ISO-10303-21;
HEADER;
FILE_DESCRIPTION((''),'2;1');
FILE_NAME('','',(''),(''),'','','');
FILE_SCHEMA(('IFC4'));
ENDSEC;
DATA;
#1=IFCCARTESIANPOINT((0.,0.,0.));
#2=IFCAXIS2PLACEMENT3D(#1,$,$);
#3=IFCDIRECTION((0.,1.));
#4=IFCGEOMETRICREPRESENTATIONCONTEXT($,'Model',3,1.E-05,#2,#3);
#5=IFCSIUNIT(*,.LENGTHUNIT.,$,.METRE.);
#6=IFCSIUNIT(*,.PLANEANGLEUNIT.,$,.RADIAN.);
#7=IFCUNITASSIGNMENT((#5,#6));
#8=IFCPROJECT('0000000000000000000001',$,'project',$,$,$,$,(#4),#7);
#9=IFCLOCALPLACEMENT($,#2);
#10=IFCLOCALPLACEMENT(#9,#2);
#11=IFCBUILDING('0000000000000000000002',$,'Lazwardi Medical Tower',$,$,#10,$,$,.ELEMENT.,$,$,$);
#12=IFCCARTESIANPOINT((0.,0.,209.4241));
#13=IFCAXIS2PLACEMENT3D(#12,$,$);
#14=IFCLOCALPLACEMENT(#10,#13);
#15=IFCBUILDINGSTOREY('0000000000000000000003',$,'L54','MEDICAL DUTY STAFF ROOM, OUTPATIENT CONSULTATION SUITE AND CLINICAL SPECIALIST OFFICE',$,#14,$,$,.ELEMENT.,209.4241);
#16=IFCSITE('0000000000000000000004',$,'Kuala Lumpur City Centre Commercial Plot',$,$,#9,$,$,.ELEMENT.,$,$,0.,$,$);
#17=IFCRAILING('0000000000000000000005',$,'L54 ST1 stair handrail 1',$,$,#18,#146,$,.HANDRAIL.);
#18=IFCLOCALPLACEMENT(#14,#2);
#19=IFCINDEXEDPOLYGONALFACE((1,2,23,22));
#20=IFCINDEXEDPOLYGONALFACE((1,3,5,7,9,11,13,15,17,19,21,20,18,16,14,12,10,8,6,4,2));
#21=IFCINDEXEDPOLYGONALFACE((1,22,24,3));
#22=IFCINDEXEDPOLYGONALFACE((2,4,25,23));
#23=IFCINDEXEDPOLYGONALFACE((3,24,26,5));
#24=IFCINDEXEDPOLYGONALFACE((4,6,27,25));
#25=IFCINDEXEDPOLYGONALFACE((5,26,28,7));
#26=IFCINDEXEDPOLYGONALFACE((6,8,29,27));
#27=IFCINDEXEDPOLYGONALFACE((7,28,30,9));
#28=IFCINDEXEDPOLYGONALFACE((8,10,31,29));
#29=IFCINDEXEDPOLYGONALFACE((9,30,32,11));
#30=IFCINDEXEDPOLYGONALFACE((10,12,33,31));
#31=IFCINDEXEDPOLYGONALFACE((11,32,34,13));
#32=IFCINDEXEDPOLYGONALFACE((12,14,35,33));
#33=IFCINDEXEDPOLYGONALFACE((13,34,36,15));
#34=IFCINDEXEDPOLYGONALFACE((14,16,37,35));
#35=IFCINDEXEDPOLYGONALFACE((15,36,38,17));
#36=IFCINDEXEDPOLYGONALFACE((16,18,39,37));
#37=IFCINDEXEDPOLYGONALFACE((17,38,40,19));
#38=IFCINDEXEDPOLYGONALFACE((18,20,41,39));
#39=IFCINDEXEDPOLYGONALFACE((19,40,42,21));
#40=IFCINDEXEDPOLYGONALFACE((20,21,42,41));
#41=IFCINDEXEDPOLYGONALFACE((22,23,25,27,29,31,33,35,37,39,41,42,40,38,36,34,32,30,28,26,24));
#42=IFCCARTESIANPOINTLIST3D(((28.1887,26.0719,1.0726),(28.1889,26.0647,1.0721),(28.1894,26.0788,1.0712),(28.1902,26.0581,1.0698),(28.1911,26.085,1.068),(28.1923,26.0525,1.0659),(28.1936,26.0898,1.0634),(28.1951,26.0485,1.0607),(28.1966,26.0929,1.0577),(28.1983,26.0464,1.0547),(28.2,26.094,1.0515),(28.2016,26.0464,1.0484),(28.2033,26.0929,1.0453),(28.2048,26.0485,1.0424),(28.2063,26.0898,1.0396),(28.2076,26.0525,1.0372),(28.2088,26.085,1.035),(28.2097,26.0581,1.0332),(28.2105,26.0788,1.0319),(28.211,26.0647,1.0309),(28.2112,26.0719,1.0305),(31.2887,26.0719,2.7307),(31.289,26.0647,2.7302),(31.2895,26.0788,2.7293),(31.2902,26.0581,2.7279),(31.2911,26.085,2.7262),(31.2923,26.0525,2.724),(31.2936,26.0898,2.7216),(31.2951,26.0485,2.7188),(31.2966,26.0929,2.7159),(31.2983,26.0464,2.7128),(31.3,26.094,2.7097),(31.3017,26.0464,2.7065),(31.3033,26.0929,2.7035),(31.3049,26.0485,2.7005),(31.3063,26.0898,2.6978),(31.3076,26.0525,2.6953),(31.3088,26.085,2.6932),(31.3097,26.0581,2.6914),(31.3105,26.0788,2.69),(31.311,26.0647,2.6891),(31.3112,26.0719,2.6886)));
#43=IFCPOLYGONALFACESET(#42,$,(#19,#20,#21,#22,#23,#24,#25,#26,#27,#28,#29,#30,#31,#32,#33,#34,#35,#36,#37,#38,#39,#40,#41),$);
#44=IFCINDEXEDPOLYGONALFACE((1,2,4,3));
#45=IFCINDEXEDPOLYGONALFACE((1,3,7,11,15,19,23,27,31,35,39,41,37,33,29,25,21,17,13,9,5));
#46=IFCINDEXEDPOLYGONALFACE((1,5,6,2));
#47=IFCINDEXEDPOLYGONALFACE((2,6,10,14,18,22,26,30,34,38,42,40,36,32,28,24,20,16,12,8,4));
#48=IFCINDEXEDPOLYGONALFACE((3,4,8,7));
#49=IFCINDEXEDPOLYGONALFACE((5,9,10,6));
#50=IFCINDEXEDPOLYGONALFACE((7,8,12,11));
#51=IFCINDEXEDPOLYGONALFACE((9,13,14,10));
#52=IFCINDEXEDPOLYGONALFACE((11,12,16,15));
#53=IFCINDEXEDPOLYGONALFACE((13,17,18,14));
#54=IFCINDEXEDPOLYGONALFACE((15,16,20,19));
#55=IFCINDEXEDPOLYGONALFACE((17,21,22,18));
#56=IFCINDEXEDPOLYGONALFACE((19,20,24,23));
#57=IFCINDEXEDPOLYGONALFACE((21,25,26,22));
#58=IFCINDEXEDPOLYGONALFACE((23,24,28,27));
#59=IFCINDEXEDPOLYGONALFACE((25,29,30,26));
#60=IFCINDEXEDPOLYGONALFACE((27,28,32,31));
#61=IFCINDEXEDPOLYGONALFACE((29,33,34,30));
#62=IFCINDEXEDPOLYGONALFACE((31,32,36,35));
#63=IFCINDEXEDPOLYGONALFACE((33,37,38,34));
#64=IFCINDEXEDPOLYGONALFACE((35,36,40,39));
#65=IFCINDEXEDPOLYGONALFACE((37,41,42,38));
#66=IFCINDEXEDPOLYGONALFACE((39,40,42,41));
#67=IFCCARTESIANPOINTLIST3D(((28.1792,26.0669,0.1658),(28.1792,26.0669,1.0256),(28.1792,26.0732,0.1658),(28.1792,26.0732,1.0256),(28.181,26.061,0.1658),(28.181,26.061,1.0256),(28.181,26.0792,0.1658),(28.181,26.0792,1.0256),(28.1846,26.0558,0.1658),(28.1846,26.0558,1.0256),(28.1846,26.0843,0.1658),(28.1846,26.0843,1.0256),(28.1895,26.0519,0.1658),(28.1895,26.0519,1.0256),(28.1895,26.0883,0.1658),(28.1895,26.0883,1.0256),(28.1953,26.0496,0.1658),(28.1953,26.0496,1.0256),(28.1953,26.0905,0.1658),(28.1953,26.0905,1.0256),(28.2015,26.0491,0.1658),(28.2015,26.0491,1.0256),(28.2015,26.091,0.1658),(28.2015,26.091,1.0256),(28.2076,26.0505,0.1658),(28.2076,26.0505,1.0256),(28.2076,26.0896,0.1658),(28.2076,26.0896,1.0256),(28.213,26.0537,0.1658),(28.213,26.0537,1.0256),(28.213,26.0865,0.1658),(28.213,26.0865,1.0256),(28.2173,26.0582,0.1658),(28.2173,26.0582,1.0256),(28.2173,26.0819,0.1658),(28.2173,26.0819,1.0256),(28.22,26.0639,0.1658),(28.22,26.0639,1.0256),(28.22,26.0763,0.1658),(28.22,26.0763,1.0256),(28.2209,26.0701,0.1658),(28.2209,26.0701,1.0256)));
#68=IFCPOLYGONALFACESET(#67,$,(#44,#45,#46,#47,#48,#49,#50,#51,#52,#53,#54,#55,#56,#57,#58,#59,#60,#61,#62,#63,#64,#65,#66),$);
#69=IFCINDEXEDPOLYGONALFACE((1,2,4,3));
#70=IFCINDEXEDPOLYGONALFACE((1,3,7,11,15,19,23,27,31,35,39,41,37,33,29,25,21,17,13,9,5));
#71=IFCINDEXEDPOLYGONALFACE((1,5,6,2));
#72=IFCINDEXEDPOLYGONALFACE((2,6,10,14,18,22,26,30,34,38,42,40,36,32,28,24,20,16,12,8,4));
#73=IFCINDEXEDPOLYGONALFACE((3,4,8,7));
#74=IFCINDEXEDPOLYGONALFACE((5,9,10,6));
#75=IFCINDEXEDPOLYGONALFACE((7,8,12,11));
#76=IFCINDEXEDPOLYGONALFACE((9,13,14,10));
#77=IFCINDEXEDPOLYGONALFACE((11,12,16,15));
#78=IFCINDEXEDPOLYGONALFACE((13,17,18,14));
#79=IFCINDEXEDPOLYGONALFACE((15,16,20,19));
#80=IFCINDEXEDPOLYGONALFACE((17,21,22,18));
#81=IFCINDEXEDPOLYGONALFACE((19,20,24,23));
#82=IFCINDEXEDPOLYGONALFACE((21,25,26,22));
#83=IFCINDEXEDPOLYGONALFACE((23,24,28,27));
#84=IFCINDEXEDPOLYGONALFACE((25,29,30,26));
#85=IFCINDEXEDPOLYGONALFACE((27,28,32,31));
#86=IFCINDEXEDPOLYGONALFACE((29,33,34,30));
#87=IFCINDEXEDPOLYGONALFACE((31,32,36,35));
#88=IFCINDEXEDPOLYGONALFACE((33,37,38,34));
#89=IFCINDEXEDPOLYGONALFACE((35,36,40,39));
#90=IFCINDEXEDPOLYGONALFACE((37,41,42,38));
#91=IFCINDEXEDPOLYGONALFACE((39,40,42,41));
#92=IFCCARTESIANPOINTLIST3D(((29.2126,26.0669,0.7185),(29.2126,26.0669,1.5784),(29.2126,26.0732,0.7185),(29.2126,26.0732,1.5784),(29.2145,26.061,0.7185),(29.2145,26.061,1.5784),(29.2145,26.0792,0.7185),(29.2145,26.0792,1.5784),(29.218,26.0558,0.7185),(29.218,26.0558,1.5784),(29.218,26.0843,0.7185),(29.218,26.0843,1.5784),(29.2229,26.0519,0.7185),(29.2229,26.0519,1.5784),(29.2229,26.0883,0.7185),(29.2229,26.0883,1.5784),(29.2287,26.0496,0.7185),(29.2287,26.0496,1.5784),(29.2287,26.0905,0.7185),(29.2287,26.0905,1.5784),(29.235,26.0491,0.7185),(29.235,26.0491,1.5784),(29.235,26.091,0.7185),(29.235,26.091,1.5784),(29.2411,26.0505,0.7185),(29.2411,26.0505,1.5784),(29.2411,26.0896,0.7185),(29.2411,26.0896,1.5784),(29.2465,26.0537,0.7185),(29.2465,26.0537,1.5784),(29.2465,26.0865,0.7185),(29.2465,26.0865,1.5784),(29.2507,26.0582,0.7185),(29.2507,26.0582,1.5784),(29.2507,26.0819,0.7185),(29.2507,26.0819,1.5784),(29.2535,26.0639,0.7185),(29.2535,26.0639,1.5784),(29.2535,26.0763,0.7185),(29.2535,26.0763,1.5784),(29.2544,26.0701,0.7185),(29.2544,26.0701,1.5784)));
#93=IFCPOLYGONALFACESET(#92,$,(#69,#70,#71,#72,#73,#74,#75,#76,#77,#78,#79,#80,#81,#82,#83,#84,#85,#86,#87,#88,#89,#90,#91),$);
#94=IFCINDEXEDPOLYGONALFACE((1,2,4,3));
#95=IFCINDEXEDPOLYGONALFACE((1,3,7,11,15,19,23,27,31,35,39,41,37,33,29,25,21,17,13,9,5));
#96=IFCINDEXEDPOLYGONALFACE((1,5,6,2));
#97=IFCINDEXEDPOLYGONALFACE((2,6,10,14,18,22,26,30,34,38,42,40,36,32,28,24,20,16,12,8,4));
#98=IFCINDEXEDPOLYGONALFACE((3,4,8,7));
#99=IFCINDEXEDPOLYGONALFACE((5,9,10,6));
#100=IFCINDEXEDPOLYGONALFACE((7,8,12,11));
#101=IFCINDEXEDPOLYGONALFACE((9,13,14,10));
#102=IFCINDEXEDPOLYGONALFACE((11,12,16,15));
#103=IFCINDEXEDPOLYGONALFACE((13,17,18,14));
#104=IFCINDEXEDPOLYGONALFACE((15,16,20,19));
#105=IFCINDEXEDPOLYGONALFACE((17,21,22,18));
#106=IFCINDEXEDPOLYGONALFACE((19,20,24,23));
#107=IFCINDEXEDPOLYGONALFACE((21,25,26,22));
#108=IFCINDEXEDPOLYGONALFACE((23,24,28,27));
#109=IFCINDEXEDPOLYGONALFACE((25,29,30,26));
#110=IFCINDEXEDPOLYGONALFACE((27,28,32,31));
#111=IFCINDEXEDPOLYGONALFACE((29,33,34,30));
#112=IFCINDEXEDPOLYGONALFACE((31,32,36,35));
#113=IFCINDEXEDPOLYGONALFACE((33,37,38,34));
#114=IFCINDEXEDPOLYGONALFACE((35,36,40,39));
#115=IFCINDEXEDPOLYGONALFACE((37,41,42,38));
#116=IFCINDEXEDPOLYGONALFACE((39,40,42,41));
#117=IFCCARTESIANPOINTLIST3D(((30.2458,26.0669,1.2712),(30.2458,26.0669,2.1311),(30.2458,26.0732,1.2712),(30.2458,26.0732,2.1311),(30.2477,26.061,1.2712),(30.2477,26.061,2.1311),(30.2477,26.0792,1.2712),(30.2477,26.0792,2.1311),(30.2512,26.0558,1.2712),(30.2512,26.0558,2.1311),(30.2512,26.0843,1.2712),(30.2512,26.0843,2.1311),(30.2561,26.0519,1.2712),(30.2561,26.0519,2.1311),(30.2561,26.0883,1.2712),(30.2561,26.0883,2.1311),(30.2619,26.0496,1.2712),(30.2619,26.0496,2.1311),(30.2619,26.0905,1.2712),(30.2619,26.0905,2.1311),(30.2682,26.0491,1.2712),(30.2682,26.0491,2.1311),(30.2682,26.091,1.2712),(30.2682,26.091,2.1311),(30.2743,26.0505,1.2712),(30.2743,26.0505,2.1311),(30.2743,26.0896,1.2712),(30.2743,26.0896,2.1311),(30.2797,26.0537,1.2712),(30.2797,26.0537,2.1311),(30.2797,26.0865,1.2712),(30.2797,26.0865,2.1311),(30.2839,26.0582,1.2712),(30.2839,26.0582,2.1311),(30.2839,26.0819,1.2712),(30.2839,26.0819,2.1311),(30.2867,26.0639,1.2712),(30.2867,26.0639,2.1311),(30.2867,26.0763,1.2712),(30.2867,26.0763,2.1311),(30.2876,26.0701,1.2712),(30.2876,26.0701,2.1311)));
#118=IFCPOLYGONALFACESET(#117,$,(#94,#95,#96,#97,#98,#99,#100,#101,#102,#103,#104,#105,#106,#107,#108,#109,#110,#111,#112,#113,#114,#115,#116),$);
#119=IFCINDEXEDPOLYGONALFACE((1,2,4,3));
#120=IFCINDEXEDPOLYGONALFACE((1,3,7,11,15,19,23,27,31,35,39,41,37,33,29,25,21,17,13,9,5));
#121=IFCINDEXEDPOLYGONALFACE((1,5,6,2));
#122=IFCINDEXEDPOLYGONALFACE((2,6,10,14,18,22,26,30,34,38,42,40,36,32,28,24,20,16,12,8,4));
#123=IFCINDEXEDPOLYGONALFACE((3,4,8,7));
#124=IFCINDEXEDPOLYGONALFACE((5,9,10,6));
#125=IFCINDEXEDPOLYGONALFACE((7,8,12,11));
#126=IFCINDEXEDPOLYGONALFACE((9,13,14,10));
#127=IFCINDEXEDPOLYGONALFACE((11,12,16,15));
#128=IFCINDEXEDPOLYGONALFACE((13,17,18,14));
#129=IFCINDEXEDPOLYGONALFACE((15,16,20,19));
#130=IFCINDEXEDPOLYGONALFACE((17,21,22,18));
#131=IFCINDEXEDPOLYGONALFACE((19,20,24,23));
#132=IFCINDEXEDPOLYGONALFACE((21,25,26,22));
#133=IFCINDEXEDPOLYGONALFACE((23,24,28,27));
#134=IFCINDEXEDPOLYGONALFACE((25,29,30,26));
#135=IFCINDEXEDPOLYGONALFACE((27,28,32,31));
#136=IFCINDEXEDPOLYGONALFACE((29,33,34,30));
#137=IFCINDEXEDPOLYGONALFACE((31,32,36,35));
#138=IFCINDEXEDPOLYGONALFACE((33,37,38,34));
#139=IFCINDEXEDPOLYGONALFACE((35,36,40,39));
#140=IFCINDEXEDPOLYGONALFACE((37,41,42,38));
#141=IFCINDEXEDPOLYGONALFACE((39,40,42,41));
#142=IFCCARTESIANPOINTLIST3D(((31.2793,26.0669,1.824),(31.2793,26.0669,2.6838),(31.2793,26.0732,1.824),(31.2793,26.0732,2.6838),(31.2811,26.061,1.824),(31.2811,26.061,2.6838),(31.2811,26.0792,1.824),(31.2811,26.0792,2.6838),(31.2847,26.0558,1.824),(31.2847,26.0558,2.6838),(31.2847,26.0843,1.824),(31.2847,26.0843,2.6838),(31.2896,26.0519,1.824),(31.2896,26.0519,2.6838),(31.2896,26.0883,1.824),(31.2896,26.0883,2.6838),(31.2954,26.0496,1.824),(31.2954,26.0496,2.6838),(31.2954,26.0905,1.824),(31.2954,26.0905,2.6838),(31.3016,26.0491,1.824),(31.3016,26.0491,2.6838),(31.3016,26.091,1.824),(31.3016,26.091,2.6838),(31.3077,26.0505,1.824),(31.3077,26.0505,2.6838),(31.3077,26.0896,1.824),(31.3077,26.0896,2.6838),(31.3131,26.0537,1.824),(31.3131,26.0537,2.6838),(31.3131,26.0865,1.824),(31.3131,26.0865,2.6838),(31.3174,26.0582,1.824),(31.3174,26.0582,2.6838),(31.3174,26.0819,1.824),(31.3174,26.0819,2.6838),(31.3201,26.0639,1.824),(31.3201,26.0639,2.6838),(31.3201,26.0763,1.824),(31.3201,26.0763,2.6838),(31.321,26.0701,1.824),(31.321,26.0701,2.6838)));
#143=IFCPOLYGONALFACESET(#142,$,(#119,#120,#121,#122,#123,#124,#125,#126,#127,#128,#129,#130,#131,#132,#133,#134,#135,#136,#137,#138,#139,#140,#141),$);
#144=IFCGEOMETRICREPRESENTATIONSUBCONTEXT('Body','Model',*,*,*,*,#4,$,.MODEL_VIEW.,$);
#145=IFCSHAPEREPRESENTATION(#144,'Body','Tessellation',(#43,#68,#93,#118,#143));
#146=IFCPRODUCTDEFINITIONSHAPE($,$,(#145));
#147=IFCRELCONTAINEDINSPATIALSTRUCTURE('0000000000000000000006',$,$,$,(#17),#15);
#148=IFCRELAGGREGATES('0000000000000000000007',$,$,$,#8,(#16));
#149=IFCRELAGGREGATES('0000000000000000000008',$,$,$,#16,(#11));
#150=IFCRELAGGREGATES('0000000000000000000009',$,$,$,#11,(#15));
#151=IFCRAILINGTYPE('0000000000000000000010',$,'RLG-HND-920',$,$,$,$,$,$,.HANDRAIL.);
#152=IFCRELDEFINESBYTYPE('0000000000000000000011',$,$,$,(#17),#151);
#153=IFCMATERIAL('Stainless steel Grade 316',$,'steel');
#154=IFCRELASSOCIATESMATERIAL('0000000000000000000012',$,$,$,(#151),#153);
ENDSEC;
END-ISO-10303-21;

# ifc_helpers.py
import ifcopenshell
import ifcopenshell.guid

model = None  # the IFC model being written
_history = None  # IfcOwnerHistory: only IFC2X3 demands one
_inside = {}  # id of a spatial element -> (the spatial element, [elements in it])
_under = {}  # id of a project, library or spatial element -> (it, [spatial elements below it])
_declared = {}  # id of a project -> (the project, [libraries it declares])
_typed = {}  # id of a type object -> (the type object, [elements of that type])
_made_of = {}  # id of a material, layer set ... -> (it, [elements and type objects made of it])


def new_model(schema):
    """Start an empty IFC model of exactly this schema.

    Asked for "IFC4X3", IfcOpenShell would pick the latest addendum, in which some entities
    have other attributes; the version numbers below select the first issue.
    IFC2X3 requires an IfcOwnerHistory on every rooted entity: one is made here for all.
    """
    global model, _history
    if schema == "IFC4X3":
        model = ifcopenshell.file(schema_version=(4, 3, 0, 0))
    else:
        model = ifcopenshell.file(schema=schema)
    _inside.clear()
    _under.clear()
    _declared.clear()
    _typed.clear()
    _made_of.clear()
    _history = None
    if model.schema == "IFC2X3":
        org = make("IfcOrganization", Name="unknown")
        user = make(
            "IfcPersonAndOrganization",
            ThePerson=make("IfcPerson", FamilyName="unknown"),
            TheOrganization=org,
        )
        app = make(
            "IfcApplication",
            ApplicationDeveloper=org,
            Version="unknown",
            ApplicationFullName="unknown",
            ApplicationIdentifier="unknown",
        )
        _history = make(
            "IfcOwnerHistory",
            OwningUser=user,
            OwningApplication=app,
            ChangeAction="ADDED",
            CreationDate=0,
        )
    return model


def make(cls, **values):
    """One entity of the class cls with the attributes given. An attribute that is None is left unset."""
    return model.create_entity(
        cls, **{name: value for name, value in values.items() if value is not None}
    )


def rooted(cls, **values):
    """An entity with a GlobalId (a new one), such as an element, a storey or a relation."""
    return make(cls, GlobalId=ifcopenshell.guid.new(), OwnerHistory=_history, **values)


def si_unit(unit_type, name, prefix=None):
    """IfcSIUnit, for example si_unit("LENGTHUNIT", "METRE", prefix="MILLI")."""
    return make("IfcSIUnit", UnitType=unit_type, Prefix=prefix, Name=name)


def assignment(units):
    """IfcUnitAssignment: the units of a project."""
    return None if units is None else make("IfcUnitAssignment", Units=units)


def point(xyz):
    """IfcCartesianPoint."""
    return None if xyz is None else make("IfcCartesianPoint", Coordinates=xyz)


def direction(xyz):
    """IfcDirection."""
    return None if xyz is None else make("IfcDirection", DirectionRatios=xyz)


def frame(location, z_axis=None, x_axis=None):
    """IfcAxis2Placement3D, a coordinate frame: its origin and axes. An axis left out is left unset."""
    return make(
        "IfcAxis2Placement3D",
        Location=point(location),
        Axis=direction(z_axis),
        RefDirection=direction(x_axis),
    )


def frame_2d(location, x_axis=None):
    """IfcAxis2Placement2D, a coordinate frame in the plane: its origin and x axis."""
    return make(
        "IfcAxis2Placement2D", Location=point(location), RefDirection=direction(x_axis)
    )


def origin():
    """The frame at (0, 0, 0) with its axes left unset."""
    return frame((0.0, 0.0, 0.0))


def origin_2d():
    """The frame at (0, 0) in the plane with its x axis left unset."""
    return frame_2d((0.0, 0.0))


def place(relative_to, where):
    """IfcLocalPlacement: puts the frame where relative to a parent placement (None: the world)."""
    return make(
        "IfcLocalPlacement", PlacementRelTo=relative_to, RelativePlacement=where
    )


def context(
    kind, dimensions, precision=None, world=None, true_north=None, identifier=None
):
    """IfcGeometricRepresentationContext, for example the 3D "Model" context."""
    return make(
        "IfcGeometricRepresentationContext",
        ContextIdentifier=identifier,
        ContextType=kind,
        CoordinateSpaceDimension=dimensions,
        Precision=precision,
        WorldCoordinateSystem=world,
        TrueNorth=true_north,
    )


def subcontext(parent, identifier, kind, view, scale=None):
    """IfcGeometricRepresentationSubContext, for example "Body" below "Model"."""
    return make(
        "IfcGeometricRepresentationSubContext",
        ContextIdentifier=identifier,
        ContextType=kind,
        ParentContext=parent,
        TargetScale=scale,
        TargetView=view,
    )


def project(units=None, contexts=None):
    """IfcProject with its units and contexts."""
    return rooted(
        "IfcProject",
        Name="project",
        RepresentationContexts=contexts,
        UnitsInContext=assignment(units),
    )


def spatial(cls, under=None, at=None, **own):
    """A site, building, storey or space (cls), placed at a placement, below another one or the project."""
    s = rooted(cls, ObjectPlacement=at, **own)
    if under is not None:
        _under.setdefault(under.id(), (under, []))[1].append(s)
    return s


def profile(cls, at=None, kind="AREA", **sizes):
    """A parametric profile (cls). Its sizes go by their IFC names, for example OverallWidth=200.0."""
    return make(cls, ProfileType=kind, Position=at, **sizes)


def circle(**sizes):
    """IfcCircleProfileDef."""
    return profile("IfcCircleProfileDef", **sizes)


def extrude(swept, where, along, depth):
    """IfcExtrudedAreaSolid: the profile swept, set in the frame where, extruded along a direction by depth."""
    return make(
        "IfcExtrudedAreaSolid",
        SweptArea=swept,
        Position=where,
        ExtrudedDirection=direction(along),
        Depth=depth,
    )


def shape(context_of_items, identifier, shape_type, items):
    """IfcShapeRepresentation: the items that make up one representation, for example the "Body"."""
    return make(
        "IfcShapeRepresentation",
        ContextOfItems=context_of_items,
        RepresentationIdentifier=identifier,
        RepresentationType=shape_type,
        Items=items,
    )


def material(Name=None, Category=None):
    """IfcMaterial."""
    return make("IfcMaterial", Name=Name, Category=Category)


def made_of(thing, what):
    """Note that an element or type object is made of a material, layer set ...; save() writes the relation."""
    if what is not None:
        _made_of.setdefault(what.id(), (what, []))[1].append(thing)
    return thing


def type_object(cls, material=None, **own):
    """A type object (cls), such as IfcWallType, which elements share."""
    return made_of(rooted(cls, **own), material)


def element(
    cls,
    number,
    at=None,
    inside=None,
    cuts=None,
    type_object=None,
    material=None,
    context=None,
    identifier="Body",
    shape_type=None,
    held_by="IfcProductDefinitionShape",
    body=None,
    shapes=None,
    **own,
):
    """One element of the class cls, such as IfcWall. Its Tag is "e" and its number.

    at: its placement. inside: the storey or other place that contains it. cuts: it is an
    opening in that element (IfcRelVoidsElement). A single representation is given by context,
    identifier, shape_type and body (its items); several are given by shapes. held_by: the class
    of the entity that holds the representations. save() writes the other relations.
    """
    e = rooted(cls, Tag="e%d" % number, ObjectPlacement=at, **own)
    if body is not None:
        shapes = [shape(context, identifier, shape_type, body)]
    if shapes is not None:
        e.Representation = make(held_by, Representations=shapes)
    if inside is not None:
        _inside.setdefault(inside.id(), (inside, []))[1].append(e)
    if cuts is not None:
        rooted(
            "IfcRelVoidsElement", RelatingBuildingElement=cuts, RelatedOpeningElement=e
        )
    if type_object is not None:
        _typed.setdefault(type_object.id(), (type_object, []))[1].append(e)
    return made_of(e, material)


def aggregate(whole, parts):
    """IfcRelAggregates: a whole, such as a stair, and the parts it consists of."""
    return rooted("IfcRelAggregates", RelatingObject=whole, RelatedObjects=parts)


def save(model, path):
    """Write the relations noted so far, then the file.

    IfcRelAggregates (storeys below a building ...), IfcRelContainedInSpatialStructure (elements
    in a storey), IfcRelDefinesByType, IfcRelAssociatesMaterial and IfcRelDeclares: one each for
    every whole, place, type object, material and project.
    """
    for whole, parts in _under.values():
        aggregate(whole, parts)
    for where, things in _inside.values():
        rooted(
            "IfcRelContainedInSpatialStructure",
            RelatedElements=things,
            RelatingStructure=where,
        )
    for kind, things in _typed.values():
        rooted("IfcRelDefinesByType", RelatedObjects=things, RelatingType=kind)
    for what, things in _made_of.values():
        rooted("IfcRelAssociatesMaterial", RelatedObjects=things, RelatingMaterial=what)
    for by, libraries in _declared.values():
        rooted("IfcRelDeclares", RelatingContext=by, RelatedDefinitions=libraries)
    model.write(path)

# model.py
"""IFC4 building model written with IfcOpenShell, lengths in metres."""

from ifc_helpers import new_model, si_unit, direction, frame, origin, origin_2d, place, context, subcontext, project, spatial, circle, extrude, material, type_object, element, save


model = new_model("IFC4")

# Units and contexts
model_context = context("Model", 3, precision=1e-05, world=origin(), true_north=direction((0.0, 1.0)))
body_context = subcontext(model_context, "Body", "Model", "MODEL_VIEW")
ifc_project = project(units=[si_unit("LENGTHUNIT", "METRE"), si_unit("PLANEANGLEUNIT", "RADIAN")], contexts=[model_context])

# Site, building, storey
site_placement = place(None, origin())
site = spatial("IfcSite", under=ifc_project, at=site_placement, Name="Kuala Lumpur City Centre Commercial Plot", CompositionType="ELEMENT", RefElevation=0.0)
building_placement = place(site_placement, origin())
building = spatial("IfcBuilding", under=site, at=building_placement, Name="Lazwardi Medical Tower", CompositionType="ELEMENT")
storey_placement = place(building_placement, frame((0.0, 0.0, 209.4241)))
storey = spatial("IfcBuildingStorey", under=building, at=storey_placement, Name="L54", Description="MEDICAL DUTY STAFF ROOM, OUTPATIENT CONSULTATION SUITE AND CLINICAL SPECIALIST OFFICE", CompositionType="ELEMENT", Elevation=209.4241)

# Railing
ifc_material_1 = material(Name="Stainless steel Grade 316", Category="steel")
railing_type_1 = type_object("IfcRailingType", Name="RLG-HND-920", PredefinedType="HANDRAIL", material=ifc_material_1)
railing_1_placement = place(storey_placement, frame((28.2, 26.0701, 0.1658)))
element("IfcRailing", 1, at=railing_1_placement, inside=storey, type_object=railing_type_1, Name="L54 ST1 stair handrail 1", PredefinedType="HANDRAIL", context=body_context, shape_type="SweptSolid", body=[
    extrude(circle(Radius=0.0239, at=origin_2d()), frame((0.0, 0.0, 0.8857), z_axis=(0.881783, 0.0, 0.471655), x_axis=(0.0, 1.0, 0.0)), (0.0, 0.0, 1.0), 3.5156),
    extrude(circle(Radius=0.021, at=origin_2d()), origin(), (0.0, 0.0, 1.0), 0.8599),
    extrude(circle(Radius=0.021, at=origin_2d()), frame((1.0334, 0.0, 0.5527)), (0.0, 0.0, 1.0), 0.8599),
    extrude(circle(Radius=0.021, at=origin_2d()), frame((2.0667, 0.0, 1.1055)), (0.0, 0.0, 1.0), 0.8599),
    extrude(circle(Radius=0.021, at=origin_2d()), frame((3.1001, 0.0, 1.6582)), (0.0, 0.0, 1.0), 0.8599),
])

save(model, "model.ifc")
